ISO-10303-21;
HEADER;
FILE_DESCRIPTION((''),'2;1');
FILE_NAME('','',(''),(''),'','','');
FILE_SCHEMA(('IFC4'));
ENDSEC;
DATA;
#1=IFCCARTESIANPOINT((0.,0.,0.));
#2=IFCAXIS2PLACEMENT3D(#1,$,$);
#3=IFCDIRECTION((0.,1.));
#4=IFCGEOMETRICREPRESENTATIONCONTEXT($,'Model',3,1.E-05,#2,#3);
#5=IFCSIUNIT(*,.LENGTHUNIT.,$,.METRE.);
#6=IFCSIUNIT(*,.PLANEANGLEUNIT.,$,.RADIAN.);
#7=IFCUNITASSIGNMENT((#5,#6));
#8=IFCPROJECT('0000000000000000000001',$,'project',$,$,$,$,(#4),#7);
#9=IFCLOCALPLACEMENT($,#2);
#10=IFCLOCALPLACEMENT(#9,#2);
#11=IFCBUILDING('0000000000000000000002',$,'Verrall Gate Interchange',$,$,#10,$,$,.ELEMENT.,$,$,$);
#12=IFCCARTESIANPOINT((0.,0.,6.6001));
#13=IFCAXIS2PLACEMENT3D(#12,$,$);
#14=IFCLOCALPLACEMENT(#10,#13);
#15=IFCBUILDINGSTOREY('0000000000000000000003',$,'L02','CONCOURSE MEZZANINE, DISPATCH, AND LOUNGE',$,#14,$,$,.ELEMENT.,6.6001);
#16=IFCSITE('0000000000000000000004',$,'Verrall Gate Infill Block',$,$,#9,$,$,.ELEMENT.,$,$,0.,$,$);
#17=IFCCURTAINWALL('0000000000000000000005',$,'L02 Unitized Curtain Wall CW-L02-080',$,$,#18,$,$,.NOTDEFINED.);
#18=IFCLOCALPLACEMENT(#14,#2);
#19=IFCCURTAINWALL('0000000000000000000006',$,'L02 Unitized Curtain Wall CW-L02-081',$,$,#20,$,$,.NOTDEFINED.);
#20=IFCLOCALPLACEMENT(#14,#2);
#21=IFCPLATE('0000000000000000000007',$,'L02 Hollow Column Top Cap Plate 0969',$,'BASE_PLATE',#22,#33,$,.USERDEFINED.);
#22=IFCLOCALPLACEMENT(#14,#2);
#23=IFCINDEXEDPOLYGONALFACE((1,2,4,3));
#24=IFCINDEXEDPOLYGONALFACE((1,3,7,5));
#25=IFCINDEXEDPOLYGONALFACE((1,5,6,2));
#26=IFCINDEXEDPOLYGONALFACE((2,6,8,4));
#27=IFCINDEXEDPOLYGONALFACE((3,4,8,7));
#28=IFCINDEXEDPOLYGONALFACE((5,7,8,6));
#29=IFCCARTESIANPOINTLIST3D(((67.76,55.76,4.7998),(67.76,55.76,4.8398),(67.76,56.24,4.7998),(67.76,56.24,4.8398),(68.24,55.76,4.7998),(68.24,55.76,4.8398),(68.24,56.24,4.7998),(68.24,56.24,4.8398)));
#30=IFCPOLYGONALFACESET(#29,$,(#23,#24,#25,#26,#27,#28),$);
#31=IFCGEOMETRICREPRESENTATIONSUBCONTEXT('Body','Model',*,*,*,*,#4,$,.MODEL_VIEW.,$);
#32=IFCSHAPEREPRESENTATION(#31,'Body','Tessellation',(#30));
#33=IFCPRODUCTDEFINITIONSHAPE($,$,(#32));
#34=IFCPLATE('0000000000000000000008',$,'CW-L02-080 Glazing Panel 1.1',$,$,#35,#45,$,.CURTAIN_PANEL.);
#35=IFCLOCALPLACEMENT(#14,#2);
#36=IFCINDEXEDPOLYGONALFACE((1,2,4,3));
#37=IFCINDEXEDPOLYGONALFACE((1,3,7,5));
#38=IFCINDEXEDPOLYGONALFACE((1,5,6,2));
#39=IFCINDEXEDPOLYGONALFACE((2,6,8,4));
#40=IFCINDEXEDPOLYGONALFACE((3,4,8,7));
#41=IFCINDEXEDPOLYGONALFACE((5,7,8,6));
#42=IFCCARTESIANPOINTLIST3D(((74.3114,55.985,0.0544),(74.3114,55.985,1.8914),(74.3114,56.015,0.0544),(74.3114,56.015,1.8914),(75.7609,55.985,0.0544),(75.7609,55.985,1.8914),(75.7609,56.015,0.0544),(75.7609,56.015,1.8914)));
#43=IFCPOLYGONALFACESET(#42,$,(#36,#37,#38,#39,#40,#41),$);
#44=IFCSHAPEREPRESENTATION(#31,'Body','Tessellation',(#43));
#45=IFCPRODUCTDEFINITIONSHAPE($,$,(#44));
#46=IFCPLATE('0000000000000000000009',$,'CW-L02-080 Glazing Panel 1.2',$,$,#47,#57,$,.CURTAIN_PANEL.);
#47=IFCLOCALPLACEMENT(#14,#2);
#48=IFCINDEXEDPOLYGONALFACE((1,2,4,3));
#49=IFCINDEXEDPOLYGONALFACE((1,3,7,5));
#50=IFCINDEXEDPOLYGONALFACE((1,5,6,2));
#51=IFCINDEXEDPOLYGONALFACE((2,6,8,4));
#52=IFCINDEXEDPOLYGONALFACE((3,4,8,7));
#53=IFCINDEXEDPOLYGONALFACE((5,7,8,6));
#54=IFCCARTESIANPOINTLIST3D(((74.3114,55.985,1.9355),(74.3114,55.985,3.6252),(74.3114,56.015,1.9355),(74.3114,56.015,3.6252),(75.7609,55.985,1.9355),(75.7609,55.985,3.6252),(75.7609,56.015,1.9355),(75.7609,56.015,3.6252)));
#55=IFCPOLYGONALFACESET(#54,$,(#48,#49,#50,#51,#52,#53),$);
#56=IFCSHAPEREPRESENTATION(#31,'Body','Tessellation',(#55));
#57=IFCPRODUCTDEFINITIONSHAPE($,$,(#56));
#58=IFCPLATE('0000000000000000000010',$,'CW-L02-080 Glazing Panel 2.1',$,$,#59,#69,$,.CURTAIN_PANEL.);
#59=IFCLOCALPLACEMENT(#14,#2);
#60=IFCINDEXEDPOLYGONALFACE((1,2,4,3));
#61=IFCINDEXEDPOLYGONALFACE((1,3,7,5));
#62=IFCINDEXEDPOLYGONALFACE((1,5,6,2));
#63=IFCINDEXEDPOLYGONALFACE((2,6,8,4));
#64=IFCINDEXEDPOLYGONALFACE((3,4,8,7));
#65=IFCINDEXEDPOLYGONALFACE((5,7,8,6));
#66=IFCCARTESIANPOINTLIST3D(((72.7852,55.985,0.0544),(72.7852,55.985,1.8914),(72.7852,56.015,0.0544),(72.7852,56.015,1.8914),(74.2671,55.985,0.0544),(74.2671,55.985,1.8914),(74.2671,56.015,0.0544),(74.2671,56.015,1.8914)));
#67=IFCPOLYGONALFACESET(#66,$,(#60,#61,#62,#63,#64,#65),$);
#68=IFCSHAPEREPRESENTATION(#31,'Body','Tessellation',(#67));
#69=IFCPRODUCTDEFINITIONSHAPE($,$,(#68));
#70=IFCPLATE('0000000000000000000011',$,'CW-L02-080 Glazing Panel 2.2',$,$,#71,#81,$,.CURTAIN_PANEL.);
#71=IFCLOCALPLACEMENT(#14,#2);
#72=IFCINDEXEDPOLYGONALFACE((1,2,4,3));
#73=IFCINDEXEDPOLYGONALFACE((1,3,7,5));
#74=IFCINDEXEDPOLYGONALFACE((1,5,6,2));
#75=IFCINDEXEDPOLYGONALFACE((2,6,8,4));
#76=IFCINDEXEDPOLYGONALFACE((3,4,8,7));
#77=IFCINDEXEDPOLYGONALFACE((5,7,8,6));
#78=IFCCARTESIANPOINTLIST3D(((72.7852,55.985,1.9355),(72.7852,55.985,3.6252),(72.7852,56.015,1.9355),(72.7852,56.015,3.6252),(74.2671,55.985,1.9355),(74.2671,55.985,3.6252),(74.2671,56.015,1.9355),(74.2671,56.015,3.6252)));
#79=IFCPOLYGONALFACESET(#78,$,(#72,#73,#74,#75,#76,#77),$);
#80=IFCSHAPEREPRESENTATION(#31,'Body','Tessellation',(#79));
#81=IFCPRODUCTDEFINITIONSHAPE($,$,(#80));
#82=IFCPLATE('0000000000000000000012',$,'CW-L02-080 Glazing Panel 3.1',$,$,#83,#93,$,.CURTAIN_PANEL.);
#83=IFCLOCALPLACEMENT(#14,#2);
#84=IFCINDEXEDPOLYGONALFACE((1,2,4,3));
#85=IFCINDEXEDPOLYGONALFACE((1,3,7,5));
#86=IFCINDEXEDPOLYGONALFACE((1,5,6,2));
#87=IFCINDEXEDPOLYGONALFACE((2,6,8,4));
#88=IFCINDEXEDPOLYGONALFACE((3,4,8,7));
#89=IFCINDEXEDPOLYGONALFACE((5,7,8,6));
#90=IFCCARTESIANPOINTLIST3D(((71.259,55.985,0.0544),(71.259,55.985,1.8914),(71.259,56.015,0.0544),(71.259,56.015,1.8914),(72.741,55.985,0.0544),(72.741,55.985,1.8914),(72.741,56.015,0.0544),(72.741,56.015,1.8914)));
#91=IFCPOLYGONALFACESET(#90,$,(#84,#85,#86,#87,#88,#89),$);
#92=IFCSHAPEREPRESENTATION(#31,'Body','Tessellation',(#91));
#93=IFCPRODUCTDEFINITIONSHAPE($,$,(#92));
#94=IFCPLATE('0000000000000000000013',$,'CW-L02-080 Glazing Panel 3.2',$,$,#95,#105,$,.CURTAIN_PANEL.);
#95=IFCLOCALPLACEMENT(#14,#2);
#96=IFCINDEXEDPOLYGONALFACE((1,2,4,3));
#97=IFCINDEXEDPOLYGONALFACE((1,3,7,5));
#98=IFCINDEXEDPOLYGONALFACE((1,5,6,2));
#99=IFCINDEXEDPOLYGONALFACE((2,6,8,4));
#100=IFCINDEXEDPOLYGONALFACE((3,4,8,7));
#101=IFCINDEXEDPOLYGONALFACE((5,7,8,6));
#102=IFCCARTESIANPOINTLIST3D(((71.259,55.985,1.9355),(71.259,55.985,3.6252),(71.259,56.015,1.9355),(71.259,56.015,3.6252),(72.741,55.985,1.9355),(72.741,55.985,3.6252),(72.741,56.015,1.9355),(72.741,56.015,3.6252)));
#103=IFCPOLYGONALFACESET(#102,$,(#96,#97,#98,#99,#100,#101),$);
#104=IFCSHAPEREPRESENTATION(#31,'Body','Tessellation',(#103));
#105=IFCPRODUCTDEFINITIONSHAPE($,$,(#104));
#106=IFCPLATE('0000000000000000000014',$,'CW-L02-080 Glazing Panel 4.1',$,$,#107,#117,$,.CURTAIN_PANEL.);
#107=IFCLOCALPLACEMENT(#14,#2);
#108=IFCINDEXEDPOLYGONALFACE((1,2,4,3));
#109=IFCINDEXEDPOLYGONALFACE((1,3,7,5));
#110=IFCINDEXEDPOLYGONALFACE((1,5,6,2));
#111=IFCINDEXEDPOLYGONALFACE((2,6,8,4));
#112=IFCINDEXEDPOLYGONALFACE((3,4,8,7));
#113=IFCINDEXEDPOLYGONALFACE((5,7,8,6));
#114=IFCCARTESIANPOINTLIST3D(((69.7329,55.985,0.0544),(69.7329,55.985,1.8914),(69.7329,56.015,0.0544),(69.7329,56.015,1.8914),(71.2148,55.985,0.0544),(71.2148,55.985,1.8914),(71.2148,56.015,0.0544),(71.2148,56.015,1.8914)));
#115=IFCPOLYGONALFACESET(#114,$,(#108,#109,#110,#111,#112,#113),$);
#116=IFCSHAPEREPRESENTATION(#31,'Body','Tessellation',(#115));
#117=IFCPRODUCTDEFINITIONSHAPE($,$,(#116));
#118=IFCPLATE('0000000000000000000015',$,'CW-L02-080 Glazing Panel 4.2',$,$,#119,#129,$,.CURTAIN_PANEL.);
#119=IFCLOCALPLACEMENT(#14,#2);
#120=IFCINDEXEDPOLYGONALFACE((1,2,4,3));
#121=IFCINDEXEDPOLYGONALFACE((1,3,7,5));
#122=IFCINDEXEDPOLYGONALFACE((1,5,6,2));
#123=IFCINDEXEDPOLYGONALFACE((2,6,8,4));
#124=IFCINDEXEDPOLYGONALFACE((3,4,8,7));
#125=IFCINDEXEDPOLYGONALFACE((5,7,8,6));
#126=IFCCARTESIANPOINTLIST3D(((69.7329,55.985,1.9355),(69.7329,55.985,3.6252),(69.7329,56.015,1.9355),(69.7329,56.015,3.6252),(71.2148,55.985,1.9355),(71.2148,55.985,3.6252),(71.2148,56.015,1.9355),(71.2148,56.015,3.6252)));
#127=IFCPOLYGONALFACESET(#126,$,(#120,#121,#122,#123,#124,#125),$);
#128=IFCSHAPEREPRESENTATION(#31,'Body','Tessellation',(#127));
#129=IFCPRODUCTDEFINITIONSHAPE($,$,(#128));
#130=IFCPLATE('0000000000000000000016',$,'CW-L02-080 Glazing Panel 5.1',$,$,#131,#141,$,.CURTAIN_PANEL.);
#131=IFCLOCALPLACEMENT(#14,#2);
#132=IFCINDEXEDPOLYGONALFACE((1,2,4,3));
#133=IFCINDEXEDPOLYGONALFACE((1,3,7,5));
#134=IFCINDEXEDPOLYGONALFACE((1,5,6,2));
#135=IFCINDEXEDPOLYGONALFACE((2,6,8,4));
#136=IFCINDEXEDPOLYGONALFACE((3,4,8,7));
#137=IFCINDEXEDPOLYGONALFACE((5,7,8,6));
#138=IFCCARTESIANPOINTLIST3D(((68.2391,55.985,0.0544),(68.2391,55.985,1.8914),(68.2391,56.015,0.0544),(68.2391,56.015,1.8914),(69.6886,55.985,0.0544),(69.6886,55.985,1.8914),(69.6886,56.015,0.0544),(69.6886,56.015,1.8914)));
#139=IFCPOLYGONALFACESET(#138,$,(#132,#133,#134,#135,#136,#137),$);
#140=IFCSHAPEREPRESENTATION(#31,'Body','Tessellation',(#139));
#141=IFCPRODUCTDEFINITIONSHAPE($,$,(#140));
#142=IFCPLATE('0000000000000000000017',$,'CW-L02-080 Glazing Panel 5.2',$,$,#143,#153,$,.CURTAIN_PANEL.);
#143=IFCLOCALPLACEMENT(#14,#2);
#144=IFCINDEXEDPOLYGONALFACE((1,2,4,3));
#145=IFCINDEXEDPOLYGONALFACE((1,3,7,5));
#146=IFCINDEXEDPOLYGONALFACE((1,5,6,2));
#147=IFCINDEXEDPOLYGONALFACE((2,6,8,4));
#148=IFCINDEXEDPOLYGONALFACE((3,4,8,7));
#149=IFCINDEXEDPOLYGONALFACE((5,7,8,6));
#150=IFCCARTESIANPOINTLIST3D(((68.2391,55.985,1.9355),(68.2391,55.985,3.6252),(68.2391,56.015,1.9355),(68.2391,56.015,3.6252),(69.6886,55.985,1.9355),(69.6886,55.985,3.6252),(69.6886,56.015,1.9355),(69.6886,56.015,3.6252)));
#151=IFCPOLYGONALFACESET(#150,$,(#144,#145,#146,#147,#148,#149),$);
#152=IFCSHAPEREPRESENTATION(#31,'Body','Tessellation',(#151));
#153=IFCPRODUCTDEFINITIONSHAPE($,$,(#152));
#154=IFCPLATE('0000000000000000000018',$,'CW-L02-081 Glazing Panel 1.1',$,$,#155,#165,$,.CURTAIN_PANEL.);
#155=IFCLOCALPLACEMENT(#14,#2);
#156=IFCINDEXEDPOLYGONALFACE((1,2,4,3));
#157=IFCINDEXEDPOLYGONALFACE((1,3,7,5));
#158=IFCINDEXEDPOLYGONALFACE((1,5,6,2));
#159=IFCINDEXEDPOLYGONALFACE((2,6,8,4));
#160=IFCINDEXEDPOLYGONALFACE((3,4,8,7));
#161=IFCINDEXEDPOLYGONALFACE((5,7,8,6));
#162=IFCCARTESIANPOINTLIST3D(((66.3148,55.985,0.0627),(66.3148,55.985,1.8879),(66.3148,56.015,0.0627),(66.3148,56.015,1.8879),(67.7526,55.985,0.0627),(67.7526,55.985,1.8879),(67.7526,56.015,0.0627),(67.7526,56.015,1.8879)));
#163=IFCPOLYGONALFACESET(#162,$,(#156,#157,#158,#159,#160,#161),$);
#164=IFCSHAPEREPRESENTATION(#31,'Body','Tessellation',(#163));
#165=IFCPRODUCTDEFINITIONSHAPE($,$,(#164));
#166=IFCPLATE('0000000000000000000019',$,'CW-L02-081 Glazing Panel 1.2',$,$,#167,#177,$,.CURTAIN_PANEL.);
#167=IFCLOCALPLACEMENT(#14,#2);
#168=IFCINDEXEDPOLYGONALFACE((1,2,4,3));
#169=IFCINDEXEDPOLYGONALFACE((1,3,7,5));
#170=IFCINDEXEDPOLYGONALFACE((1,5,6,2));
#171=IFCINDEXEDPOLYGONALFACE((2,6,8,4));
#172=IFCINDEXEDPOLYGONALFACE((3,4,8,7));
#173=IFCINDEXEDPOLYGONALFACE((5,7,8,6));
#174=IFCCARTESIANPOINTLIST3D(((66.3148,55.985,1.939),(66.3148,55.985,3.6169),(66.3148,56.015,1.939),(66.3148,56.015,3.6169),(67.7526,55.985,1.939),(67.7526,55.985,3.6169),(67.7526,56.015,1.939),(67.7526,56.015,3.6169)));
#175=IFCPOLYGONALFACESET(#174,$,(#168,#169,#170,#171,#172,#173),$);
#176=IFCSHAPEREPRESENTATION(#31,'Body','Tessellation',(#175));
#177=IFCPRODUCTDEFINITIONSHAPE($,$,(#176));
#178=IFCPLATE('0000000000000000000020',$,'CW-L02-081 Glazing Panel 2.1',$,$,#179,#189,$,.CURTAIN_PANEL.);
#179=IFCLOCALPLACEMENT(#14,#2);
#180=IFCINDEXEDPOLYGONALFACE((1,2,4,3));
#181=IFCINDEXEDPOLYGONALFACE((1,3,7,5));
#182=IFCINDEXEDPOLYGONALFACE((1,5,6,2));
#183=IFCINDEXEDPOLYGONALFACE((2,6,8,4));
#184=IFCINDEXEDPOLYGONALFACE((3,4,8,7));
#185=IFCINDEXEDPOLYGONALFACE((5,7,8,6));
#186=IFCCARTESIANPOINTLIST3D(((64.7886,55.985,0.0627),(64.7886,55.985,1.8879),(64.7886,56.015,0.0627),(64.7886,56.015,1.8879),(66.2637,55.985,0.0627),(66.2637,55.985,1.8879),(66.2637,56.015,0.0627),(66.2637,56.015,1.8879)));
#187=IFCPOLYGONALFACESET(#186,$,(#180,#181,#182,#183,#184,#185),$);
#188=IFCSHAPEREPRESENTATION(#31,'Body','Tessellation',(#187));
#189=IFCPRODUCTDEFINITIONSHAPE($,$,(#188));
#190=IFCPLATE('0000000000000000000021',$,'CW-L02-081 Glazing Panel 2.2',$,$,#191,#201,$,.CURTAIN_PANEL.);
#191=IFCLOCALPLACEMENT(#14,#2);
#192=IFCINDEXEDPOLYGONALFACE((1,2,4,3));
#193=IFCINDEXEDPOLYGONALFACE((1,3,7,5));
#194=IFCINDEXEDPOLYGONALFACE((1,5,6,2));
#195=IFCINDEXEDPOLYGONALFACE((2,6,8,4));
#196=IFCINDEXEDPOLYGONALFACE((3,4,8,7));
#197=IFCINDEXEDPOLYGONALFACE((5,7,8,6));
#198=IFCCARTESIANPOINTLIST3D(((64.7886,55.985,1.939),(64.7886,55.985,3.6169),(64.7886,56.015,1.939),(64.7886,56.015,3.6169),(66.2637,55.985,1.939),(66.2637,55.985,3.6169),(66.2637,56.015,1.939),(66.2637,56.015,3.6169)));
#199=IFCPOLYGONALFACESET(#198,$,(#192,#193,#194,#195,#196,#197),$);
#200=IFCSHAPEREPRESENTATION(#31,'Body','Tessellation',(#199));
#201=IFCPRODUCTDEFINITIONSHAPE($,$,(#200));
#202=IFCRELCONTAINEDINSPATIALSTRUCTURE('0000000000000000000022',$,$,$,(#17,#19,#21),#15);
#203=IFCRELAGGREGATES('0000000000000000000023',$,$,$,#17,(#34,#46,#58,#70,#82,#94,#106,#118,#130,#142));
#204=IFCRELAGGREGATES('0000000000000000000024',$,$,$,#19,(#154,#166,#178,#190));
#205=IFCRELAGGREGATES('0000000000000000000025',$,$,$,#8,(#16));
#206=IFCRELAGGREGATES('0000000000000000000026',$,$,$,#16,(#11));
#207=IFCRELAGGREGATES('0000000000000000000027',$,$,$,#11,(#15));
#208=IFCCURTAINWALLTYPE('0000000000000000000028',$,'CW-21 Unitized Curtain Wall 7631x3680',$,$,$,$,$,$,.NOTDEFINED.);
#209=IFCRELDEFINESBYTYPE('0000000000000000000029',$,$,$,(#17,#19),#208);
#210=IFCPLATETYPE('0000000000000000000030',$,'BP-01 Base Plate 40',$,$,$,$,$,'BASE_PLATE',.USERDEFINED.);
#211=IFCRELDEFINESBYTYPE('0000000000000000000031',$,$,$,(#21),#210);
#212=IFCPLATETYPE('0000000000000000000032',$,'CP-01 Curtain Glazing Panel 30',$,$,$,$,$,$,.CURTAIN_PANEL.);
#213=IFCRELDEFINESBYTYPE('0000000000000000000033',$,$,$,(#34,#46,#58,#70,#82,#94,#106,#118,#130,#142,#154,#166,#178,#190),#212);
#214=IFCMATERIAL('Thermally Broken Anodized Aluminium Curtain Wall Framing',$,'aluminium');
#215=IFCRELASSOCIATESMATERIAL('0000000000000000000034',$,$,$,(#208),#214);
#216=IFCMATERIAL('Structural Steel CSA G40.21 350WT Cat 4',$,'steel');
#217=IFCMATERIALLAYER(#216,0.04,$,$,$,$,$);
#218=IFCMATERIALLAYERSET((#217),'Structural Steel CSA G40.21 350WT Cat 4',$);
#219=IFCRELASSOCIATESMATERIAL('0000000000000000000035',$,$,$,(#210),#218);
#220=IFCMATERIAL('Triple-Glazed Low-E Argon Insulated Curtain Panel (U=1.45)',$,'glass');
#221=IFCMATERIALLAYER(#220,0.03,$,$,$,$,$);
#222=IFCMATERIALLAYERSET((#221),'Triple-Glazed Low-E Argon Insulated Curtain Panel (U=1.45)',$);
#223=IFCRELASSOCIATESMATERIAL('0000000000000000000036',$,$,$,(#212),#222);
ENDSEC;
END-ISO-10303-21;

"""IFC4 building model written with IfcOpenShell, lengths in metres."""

from ifc_helpers import new_model, si_unit, direction, frame, origin, origin_2d, place, context, subcontext, project, spatial, rectangle, extrude, material, layer, layer_set, type_object, element, aggregate, save


model = new_model("IFC4")

# Units and contexts
model_context = context("Model", 3, precision=1e-05, world=origin(), true_north=direction((0.0, 1.0)))
body_context = subcontext(model_context, "Body", "Model", "MODEL_VIEW")
ifc_project = project(units=[si_unit("LENGTHUNIT", "METRE"), si_unit("PLANEANGLEUNIT", "RADIAN")], contexts=[model_context])

# Site, building, storey
site_placement = place(None, origin())
site = spatial("IfcSite", under=ifc_project, at=site_placement, Name="Verrall Gate Infill Block", CompositionType="ELEMENT", RefElevation=0.0)
building_placement = place(site_placement, origin())
building = spatial("IfcBuilding", under=site, at=building_placement, Name="Verrall Gate Interchange", CompositionType="ELEMENT")
storey_placement = place(building_placement, frame((0.0, 0.0, 6.6001)))
storey = spatial("IfcBuildingStorey", under=building, at=storey_placement, Name="L02", Description="CONCOURSE MEZZANINE, DISPATCH, AND LOUNGE", CompositionType="ELEMENT", Elevation=6.6001)

# Curtain walls
ifc_material_1 = material(Name="Thermally Broken Anodized Aluminium Curtain Wall Framing", Category="aluminium")
curtain_wall_type = type_object("IfcCurtainWallType", Name="CW-21 Unitized Curtain Wall 7631x3680", PredefinedType="NOTDEFINED", material=ifc_material_1)
curtain_wall_1_placement = place(storey_placement, origin())
curtain_wall_1 = element("IfcCurtainWall", 1, at=curtain_wall_1_placement, inside=storey, type_object=curtain_wall_type, Name="L02 Unitized Curtain Wall CW-L02-080", PredefinedType="NOTDEFINED")
curtain_wall_2_placement = place(storey_placement, origin())
curtain_wall_2 = element("IfcCurtainWall", 2, at=curtain_wall_2_placement, inside=storey, type_object=curtain_wall_type, Name="L02 Unitized Curtain Wall CW-L02-081", PredefinedType="NOTDEFINED")

# Plates
ifc_material_2 = material(Name="Structural Steel CSA G40.21 350WT Cat 4", Category="steel")
ifc_layer_1 = layer(ifc_material_2, 0.04)
ifc_layer_set_1 = layer_set([ifc_layer_1], Name="Structural Steel CSA G40.21 350WT Cat 4")
plate_type_1 = type_object("IfcPlateType", Name="BP-01 Base Plate 40", ElementType="BASE_PLATE", PredefinedType="USERDEFINED", material=ifc_layer_set_1)
plate_1_placement = place(storey_placement, frame((68.0, 56.0, 4.7998), z_axis=(0.0, 0.0, 1.0), x_axis=(1.0, 0.0, 0.0)))
element("IfcPlate", 3, at=plate_1_placement, inside=storey, type_object=plate_type_1, Name="L02 Hollow Column Top Cap Plate 0969", ObjectType="BASE_PLATE", PredefinedType="USERDEFINED", context=body_context, shape_type="SweptSolid", body=[
    extrude(rectangle(XDim=0.48, YDim=0.48, at=origin_2d()), origin(), (0.0, 0.0, 1.0), 0.04),
])
ifc_material_3 = material(Name="Triple-Glazed Low-E Argon Insulated Curtain Panel (U=1.45)", Category="glass")
ifc_layer_2 = layer(ifc_material_3, 0.03)
ifc_layer_set_2 = layer_set([ifc_layer_2], Name="Triple-Glazed Low-E Argon Insulated Curtain Panel (U=1.45)")
plate_type_2 = type_object("IfcPlateType", Name="CP-01 Curtain Glazing Panel 30", PredefinedType="CURTAIN_PANEL", material=ifc_layer_set_2)
plate_2_placement = place(storey_placement, frame((75.0361, 56.0, 0.0544), z_axis=(0.0, 0.0, 1.0), x_axis=(-1.0, 0.0, 0.0)))
plate_2 = element("IfcPlate", 4, at=plate_2_placement, type_object=plate_type_2, Name="CW-L02-080 Glazing Panel 1.1", PredefinedType="CURTAIN_PANEL", context=body_context, shape_type="SweptSolid", body=[
    extrude(rectangle(XDim=1.4495, YDim=0.03, at=origin_2d()), origin(), (0.0, 0.0, 1.0), 1.8369),
])
plate_3_placement = place(storey_placement, frame((75.0361, 56.0, 1.9355), z_axis=(0.0, 0.0, 1.0), x_axis=(-1.0, 0.0, 0.0)))
plate_3 = element("IfcPlate", 5, at=plate_3_placement, type_object=plate_type_2, Name="CW-L02-080 Glazing Panel 1.2", PredefinedType="CURTAIN_PANEL", context=body_context, shape_type="SweptSolid", body=[
    extrude(rectangle(XDim=1.4495, YDim=0.03, at=origin_2d()), origin(), (0.0, 0.0, 1.0), 1.6897),
])
plate_4_placement = place(storey_placement, frame((73.5261, 56.0, 0.0544), z_axis=(0.0, 0.0, 1.0), x_axis=(-1.0, 0.0, 0.0)))
plate_4 = element("IfcPlate", 6, at=plate_4_placement, type_object=plate_type_2, Name="CW-L02-080 Glazing Panel 2.1", PredefinedType="CURTAIN_PANEL", context=body_context, shape_type="SweptSolid", body=[
    extrude(rectangle(XDim=1.4819, YDim=0.03, at=origin_2d()), origin(), (0.0, 0.0, 1.0), 1.8369),
])
plate_5_placement = place(storey_placement, frame((73.5261, 56.0, 1.9355), z_axis=(0.0, 0.0, 1.0), x_axis=(-1.0, 0.0, 0.0)))
plate_5 = element("IfcPlate", 7, at=plate_5_placement, type_object=plate_type_2, Name="CW-L02-080 Glazing Panel 2.2", PredefinedType="CURTAIN_PANEL", context=body_context, shape_type="SweptSolid", body=[
    extrude(rectangle(XDim=1.4819, YDim=0.03, at=origin_2d()), origin(), (0.0, 0.0, 1.0), 1.6897),
])
plate_6_placement = place(storey_placement, frame((72.0, 56.0, 0.0544), z_axis=(0.0, 0.0, 1.0), x_axis=(-1.0, 0.0, 0.0)))
plate_6 = element("IfcPlate", 8, at=plate_6_placement, type_object=plate_type_2, Name="CW-L02-080 Glazing Panel 3.1", PredefinedType="CURTAIN_PANEL", context=body_context, shape_type="SweptSolid", body=[
    extrude(rectangle(XDim=1.4819, YDim=0.03, at=origin_2d()), origin(), (0.0, 0.0, 1.0), 1.8369),
])
plate_7_placement = place(storey_placement, frame((72.0, 56.0, 1.9355), z_axis=(0.0, 0.0, 1.0), x_axis=(-1.0, 0.0, 0.0)))
plate_7 = element("IfcPlate", 9, at=plate_7_placement, type_object=plate_type_2, Name="CW-L02-080 Glazing Panel 3.2", PredefinedType="CURTAIN_PANEL", context=body_context, shape_type="SweptSolid", body=[
    extrude(rectangle(XDim=1.4819, YDim=0.03, at=origin_2d()), origin(), (0.0, 0.0, 1.0), 1.6897),
])
plate_8_placement = place(storey_placement, frame((70.4739, 56.0, 0.0544), z_axis=(0.0, 0.0, 1.0), x_axis=(-1.0, 0.0, 0.0)))
plate_8 = element("IfcPlate", 10, at=plate_8_placement, type_object=plate_type_2, Name="CW-L02-080 Glazing Panel 4.1", PredefinedType="CURTAIN_PANEL", context=body_context, shape_type="SweptSolid", body=[
    extrude(rectangle(XDim=1.4819, YDim=0.03, at=origin_2d()), origin(), (0.0, 0.0, 1.0), 1.8369),
])
plate_9_placement = place(storey_placement, frame((70.4739, 56.0, 1.9355), z_axis=(0.0, 0.0, 1.0), x_axis=(-1.0, 0.0, 0.0)))
plate_9 = element("IfcPlate", 11, at=plate_9_placement, type_object=plate_type_2, Name="CW-L02-080 Glazing Panel 4.2", PredefinedType="CURTAIN_PANEL", context=body_context, shape_type="SweptSolid", body=[
    extrude(rectangle(XDim=1.4819, YDim=0.03, at=origin_2d()), origin(), (0.0, 0.0, 1.0), 1.6897),
])
plate_10_placement = place(storey_placement, frame((68.9639, 56.0, 0.0544), z_axis=(0.0, 0.0, 1.0), x_axis=(-1.0, 0.0, 0.0)))
plate_10 = element("IfcPlate", 12, at=plate_10_placement, type_object=plate_type_2, Name="CW-L02-080 Glazing Panel 5.1", PredefinedType="CURTAIN_PANEL", context=body_context, shape_type="SweptSolid", body=[
    extrude(rectangle(XDim=1.4495, YDim=0.03, at=origin_2d()), origin(), (0.0, 0.0, 1.0), 1.8369),
])
plate_11_placement = place(storey_placement, frame((68.9639, 56.0, 1.9355), z_axis=(0.0, 0.0, 1.0), x_axis=(-1.0, 0.0, 0.0)))
plate_11 = element("IfcPlate", 13, at=plate_11_placement, type_object=plate_type_2, Name="CW-L02-080 Glazing Panel 5.2", PredefinedType="CURTAIN_PANEL", context=body_context, shape_type="SweptSolid", body=[
    extrude(rectangle(XDim=1.4495, YDim=0.03, at=origin_2d()), origin(), (0.0, 0.0, 1.0), 1.6897),
])
aggregate(curtain_wall_1, [plate_2, plate_3, plate_4, plate_5, plate_6, plate_7, plate_8, plate_9, plate_10, plate_11])
plate_12_placement = place(storey_placement, frame((67.0337, 56.0, 0.0627), z_axis=(0.0, 0.0, 1.0), x_axis=(-1.0, 0.0, 0.0)))
plate_12 = element("IfcPlate", 14, at=plate_12_placement, type_object=plate_type_2, Name="CW-L02-081 Glazing Panel 1.1", PredefinedType="CURTAIN_PANEL", context=body_context, shape_type="SweptSolid", body=[
    extrude(rectangle(XDim=1.4377, YDim=0.03, at=origin_2d()), origin(), (0.0, 0.0, 1.0), 1.8252),
])
plate_13_placement = place(storey_placement, frame((67.0337, 56.0, 1.939), z_axis=(0.0, 0.0, 1.0), x_axis=(-1.0, 0.0, 0.0)))
plate_13 = element("IfcPlate", 15, at=plate_13_placement, type_object=plate_type_2, Name="CW-L02-081 Glazing Panel 1.2", PredefinedType="CURTAIN_PANEL", context=body_context, shape_type="SweptSolid", body=[
    extrude(rectangle(XDim=1.4377, YDim=0.03, at=origin_2d()), origin(), (0.0, 0.0, 1.0), 1.678),
])
plate_14_placement = place(storey_placement, frame((65.5261, 56.0, 0.0627), z_axis=(0.0, 0.0, 1.0), x_axis=(-1.0, 0.0, 0.0)))
plate_14 = element("IfcPlate", 16, at=plate_14_placement, type_object=plate_type_2, Name="CW-L02-081 Glazing Panel 2.1", PredefinedType="CURTAIN_PANEL", context=body_context, shape_type="SweptSolid", body=[
    extrude(rectangle(XDim=1.4751, YDim=0.03, at=origin_2d()), origin(), (0.0, 0.0, 1.0), 1.8252),
])
plate_15_placement = place(storey_placement, frame((65.5261, 56.0, 1.939), z_axis=(0.0, 0.0, 1.0), x_axis=(-1.0, 0.0, 0.0)))
plate_15 = element("IfcPlate", 17, at=plate_15_placement, type_object=plate_type_2, Name="CW-L02-081 Glazing Panel 2.2", PredefinedType="CURTAIN_PANEL", context=body_context, shape_type="SweptSolid", body=[
    extrude(rectangle(XDim=1.4751, YDim=0.03, at=origin_2d()), origin(), (0.0, 0.0, 1.0), 1.678),
])
aggregate(curtain_wall_2, [plate_12, plate_13, plate_14, plate_15])

save(model, "model.ifc")
